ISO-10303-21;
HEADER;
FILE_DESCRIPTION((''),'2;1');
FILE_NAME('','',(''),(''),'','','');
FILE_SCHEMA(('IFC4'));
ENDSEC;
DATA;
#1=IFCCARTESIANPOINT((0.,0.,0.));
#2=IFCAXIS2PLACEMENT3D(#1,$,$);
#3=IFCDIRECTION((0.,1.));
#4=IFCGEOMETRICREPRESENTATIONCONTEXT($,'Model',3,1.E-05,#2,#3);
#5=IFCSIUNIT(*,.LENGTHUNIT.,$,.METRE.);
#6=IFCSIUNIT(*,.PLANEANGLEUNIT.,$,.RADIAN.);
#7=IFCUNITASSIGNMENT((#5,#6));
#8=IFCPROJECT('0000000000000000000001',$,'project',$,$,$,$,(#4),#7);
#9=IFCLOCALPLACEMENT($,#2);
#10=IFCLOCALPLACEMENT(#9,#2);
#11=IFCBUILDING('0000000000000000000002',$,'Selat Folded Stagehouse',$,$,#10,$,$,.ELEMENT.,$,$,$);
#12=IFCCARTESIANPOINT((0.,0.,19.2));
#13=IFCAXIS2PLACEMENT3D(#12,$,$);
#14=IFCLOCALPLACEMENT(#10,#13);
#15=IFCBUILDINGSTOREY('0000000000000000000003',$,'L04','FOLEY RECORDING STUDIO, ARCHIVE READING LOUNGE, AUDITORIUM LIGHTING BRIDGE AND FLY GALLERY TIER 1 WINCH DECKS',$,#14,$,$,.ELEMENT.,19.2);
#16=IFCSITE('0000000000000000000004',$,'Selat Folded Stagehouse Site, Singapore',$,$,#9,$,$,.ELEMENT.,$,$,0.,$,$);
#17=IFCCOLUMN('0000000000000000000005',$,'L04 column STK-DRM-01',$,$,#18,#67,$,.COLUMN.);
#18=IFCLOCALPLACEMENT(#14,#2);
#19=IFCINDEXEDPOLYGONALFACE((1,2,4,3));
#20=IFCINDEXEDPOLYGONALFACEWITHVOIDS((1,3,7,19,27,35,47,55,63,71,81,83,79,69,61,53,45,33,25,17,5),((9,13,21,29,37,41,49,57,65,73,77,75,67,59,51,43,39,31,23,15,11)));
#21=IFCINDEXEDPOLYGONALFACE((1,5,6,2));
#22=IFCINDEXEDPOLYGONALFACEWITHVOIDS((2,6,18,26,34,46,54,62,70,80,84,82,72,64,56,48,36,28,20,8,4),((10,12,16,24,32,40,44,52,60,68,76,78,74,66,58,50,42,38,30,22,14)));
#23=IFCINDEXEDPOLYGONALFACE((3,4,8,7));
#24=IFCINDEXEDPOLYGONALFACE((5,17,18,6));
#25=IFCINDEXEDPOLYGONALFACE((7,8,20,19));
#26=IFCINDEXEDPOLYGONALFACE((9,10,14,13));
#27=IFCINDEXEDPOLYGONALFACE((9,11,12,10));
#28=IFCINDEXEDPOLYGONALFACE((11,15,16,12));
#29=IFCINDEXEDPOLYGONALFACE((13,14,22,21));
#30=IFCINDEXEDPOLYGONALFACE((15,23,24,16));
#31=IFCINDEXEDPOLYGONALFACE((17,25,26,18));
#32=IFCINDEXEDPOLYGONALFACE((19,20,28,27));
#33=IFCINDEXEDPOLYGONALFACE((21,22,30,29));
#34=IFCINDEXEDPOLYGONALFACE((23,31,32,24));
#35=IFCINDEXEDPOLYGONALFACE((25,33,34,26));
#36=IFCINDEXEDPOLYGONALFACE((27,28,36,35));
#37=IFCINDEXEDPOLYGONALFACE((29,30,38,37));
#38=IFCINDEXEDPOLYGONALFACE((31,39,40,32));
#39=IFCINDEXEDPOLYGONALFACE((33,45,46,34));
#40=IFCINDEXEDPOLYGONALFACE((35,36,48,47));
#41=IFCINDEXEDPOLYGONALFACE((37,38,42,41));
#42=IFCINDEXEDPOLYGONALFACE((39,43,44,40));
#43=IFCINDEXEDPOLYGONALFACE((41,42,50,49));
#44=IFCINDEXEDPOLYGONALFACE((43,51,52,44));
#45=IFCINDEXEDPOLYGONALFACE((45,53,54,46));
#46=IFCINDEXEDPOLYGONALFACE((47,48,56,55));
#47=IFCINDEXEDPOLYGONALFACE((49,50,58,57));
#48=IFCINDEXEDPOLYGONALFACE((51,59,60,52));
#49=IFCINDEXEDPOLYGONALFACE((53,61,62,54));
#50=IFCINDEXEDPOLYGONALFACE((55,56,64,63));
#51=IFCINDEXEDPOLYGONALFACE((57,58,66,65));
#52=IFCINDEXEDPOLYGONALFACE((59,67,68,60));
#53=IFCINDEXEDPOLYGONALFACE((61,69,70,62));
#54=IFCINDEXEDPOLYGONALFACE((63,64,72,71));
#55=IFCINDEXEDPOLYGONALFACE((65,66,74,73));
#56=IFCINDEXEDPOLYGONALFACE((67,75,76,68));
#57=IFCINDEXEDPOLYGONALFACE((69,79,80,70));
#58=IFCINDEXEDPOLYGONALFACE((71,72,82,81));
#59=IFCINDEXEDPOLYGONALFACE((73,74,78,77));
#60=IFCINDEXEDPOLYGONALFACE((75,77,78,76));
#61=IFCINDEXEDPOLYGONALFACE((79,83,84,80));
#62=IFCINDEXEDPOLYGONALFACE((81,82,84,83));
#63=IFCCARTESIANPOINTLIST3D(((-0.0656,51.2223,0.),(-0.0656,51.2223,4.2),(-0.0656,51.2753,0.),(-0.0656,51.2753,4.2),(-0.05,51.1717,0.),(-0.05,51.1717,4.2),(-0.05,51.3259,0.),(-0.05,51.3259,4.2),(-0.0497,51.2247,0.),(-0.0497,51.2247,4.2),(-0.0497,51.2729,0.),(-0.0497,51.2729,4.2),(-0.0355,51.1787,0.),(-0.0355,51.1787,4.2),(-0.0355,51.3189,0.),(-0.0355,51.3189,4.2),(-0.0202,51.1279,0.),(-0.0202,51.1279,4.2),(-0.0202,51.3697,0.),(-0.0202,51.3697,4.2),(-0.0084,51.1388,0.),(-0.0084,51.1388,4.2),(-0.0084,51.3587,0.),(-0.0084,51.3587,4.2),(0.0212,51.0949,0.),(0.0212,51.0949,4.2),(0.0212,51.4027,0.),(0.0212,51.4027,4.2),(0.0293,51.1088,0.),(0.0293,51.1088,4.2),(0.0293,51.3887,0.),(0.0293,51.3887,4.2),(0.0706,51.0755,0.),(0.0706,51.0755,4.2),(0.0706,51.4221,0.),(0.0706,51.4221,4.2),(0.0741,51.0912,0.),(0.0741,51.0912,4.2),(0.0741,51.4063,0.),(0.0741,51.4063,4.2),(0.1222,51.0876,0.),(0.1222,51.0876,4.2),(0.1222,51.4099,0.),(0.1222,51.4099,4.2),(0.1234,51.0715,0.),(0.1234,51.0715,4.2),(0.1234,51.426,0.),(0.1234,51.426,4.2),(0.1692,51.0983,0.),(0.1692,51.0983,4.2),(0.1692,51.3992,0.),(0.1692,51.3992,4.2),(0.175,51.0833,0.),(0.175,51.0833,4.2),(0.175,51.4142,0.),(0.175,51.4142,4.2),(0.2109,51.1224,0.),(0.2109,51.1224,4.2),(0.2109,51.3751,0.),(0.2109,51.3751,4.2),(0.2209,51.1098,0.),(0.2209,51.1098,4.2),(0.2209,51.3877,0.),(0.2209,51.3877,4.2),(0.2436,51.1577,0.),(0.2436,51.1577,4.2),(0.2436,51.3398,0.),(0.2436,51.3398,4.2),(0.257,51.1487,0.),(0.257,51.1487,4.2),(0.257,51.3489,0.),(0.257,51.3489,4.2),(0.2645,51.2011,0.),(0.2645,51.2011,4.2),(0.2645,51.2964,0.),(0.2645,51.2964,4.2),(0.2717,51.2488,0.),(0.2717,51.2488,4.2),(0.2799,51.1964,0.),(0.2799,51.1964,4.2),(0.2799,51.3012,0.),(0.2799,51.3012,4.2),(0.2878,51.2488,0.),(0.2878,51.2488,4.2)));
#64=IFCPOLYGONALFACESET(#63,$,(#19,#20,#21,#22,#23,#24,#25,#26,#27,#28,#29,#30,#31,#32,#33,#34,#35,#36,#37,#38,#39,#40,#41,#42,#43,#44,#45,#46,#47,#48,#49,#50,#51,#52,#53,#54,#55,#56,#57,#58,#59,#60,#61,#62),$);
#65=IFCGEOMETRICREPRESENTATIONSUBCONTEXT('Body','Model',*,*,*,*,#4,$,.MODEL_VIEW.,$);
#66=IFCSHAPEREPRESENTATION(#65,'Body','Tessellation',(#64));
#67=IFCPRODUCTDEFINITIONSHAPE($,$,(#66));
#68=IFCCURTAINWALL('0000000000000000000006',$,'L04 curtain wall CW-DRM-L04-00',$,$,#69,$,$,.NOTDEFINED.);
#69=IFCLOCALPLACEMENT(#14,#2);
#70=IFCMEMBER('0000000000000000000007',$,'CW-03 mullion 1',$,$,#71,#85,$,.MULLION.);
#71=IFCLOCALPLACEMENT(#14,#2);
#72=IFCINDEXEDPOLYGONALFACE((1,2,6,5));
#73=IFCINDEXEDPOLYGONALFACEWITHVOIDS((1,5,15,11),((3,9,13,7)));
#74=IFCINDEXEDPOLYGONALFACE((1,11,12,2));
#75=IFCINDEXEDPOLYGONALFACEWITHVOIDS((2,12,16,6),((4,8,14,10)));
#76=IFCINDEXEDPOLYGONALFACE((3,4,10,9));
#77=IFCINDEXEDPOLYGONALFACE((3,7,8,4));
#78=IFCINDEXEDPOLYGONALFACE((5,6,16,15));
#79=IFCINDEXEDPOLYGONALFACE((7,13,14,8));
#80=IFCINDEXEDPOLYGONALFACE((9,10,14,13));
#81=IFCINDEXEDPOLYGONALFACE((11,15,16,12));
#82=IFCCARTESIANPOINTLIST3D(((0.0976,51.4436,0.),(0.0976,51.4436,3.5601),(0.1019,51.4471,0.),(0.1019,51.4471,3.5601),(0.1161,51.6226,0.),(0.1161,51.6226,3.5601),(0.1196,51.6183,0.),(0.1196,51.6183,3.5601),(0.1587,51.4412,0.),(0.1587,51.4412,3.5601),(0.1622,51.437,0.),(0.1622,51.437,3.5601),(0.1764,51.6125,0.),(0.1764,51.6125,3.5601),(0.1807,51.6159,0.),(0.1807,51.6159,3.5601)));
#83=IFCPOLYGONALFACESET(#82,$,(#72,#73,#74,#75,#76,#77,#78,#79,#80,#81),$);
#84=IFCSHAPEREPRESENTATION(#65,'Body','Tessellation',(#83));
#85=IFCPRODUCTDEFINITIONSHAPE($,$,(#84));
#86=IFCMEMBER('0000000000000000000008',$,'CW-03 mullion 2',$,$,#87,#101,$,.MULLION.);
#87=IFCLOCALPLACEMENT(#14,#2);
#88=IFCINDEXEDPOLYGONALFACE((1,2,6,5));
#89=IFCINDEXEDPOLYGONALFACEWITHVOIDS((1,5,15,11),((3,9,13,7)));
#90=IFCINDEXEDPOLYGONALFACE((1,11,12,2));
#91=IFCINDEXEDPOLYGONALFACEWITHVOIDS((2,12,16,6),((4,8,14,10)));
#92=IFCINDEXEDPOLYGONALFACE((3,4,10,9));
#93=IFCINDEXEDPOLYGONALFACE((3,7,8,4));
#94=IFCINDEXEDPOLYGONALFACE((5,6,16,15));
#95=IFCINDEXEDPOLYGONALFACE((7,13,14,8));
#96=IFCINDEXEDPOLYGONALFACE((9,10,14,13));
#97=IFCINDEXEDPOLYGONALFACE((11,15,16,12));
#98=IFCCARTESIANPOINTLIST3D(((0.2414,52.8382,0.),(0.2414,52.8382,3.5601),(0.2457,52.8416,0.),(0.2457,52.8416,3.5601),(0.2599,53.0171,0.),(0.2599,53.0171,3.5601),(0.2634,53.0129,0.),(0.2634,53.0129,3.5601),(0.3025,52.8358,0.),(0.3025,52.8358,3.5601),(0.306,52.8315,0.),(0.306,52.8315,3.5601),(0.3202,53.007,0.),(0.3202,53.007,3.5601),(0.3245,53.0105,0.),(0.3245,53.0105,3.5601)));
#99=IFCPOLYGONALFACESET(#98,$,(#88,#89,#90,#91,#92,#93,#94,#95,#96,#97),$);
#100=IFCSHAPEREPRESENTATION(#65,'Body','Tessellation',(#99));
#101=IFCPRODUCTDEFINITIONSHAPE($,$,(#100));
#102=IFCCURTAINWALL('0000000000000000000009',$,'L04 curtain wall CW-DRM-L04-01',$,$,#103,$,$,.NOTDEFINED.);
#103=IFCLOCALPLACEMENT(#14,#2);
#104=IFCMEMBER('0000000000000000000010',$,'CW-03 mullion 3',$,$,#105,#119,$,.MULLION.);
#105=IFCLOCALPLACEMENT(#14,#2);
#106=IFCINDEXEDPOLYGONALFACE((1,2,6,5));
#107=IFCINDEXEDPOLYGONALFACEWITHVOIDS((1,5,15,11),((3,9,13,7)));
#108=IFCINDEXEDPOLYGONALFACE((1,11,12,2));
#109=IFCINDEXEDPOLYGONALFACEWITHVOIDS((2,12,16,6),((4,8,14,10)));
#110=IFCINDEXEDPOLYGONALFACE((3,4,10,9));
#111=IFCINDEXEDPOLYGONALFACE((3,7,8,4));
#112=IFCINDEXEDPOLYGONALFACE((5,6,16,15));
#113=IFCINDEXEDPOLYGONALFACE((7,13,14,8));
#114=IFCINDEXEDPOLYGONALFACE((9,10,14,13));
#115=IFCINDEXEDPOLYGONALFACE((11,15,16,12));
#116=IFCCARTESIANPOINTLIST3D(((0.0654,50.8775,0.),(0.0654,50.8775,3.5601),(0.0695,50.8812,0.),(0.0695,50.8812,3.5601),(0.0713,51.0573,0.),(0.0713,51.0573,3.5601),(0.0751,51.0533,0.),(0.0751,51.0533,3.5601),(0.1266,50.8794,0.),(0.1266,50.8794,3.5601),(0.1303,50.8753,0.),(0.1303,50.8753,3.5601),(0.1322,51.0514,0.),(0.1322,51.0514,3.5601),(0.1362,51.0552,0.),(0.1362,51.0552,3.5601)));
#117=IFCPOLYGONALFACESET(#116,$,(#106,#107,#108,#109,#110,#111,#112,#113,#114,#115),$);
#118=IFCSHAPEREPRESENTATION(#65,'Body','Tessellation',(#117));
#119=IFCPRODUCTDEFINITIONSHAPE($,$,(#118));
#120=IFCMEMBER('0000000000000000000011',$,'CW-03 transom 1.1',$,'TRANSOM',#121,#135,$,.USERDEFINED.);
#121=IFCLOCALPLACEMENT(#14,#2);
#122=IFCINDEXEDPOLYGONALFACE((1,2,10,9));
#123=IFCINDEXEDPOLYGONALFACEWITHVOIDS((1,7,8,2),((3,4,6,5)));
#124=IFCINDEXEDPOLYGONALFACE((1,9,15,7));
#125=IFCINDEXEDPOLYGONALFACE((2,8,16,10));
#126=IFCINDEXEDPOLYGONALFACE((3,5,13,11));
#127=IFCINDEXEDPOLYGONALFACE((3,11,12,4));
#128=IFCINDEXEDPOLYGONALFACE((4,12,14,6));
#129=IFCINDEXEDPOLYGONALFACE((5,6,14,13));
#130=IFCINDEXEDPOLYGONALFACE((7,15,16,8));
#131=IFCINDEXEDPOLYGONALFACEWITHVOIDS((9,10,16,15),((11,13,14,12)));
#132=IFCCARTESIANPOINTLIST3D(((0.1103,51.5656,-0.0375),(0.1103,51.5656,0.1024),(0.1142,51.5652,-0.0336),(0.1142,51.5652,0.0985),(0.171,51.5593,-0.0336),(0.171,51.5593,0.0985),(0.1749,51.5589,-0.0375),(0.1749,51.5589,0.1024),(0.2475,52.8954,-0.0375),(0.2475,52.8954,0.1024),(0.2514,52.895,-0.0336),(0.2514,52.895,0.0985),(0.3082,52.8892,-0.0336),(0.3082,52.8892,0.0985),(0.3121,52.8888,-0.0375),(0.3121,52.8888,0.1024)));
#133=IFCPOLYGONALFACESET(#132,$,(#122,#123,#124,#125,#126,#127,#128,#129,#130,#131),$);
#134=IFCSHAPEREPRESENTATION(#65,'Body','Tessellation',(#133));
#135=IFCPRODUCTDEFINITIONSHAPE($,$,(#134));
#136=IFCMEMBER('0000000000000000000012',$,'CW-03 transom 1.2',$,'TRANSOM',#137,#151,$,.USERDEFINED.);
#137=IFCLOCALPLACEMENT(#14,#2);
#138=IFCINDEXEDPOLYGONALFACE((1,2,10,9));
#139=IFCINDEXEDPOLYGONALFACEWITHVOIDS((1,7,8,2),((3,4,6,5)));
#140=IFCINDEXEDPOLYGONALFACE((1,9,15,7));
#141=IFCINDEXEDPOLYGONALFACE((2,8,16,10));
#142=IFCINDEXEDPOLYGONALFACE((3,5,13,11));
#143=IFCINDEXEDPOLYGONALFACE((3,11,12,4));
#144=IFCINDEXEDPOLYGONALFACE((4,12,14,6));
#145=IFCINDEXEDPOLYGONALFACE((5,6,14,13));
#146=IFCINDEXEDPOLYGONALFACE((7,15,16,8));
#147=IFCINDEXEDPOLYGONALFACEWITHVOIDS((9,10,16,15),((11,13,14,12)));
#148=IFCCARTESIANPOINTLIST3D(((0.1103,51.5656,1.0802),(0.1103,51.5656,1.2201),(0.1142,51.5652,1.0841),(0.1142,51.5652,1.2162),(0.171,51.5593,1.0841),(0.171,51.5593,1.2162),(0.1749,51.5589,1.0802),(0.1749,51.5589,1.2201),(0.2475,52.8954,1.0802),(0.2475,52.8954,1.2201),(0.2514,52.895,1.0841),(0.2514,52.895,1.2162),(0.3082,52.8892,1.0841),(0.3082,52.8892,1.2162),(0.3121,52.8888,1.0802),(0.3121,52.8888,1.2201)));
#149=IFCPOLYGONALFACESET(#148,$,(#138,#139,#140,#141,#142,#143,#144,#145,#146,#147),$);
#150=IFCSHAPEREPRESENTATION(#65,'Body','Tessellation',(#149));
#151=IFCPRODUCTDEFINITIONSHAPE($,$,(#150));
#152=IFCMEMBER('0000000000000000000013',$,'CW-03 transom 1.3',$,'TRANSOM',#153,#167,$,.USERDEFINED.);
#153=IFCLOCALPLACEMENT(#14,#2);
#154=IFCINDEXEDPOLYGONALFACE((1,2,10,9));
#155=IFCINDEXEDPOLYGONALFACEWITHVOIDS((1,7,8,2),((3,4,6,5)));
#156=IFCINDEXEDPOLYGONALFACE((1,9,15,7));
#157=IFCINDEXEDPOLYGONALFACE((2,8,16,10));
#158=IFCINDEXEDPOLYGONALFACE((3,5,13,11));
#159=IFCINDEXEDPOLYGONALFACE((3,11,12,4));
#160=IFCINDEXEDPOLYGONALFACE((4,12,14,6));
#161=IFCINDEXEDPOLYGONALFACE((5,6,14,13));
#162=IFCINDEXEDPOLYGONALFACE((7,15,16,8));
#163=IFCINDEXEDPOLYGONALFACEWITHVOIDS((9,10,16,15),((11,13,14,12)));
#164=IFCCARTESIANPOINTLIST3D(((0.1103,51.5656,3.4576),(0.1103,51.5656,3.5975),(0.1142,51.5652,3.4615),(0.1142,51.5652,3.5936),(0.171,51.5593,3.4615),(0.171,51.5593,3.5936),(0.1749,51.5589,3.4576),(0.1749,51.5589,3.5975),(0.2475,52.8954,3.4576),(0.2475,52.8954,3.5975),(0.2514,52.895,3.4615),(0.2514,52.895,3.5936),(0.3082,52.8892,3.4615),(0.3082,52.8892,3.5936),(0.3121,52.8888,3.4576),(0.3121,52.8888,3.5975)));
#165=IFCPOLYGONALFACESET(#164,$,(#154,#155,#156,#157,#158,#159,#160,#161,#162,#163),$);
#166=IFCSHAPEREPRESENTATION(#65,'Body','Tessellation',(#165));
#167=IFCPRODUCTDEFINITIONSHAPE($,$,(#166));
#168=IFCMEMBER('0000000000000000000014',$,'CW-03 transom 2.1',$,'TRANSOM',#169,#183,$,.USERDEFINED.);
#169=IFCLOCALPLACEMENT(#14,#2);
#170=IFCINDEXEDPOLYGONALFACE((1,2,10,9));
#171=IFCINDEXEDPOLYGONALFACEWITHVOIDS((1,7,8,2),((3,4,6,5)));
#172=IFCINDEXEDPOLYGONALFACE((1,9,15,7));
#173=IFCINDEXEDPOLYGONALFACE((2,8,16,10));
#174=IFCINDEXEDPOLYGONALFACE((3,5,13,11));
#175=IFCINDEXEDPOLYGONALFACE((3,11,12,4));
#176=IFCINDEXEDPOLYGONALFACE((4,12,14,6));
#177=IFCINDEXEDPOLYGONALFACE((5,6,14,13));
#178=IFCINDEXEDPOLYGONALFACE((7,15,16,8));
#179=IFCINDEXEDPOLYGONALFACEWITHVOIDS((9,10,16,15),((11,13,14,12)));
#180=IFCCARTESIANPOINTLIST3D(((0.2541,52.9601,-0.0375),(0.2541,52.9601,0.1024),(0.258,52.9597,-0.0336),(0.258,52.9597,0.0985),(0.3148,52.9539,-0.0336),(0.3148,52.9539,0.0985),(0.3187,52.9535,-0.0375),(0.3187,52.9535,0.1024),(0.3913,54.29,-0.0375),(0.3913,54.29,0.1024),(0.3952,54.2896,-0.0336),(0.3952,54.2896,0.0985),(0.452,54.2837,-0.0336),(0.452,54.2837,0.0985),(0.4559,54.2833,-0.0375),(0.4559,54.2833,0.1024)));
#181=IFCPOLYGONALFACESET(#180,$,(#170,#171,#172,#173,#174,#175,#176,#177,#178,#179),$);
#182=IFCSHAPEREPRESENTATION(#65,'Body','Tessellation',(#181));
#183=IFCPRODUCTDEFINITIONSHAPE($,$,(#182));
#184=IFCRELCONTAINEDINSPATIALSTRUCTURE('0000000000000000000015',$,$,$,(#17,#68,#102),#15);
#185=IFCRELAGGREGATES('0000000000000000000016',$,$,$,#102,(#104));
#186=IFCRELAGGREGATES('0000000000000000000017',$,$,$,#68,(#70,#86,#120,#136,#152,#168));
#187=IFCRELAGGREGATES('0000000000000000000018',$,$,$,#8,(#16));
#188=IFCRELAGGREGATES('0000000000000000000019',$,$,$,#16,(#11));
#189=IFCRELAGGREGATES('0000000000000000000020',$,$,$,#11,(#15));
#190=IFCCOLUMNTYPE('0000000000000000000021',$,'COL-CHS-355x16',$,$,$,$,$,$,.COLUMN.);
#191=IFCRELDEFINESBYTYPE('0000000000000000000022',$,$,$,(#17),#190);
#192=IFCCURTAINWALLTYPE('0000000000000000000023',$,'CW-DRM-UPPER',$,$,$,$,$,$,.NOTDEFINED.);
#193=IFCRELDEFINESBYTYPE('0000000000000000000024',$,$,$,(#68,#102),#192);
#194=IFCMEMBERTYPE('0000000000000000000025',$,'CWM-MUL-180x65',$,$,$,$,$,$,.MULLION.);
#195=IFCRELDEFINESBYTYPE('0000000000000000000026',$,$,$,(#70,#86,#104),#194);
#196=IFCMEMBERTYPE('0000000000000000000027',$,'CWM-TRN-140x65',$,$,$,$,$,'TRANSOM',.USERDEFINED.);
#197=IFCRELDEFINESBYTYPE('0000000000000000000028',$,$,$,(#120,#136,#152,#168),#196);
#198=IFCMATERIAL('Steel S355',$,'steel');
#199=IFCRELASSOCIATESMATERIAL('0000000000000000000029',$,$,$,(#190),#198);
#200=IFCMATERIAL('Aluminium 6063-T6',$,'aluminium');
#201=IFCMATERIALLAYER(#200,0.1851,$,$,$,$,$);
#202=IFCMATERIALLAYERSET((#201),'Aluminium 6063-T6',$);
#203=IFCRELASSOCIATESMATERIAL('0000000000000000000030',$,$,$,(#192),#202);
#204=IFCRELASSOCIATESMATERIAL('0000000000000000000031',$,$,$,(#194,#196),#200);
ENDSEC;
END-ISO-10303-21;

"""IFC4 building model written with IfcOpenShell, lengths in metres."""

from ifc_helpers import new_model, si_unit, direction, frame, origin, origin_2d, place, context, subcontext, project, spatial, hollow_rectangle, hollow_circle, extrude, material, layer, layer_set, material_profile, profile_set, type_object, element, aggregate, save


model = new_model("IFC4")

# Units and contexts
model_context = context("Model", 3, precision=1e-05, world=origin(), true_north=direction((0.0, 1.0)))
body_context = subcontext(model_context, "Body", "Model", "MODEL_VIEW")
ifc_project = project(units=[si_unit("LENGTHUNIT", "METRE"), si_unit("PLANEANGLEUNIT", "RADIAN")], contexts=[model_context])

# Site, building, storey
site_placement = place(None, origin())
site = spatial("IfcSite", under=ifc_project, at=site_placement, Name="Selat Folded Stagehouse Site, Singapore", CompositionType="ELEMENT", RefElevation=0.0)
building_placement = place(site_placement, origin())
building = spatial("IfcBuilding", under=site, at=building_placement, Name="Selat Folded Stagehouse", CompositionType="ELEMENT")
storey_placement = place(building_placement, frame((0.0, 0.0, 19.2)))
storey = spatial("IfcBuildingStorey", under=building, at=storey_placement, Name="L04", Description="FOLEY RECORDING STUDIO, ARCHIVE READING LOUNGE, AUDITORIUM LIGHTING BRIDGE AND FLY GALLERY TIER 1 WINCH DECKS", CompositionType="ELEMENT", Elevation=19.2)

# Column
ifc_material_1 = material(Name="Steel S355", Category="steel")
ifc_material_profile_1 = material_profile(ifc_material_1, hollow_circle(Radius=0.1777, WallThickness=0.0161, at=origin_2d()), Name="CHS 355.6x16.0")
ifc_profile_set_1 = profile_set([ifc_material_profile_1], Name="Steel S355")
column_type = type_object("IfcColumnType", Name="COL-CHS-355x16", PredefinedType="COLUMN", material=ifc_profile_set_1)
column_placement = place(storey_placement, frame((0.1101, 51.2488, 0.0), z_axis=(0.0, 0.0, 1.0), x_axis=(1.0, 0.0, 0.0)))
element("IfcColumn", 1, at=column_placement, inside=storey, type_object=column_type, Name="L04 column STK-DRM-01", PredefinedType="COLUMN", context=body_context, shape_type="SweptSolid", body=[
    extrude(hollow_circle(Radius=0.1777, WallThickness=0.0161, at=origin_2d()), origin(), (0.0, 0.0, 1.0), 4.2),
])

# Curtain wall, members
ifc_material_2 = material(Name="Aluminium 6063-T6", Category="aluminium")
ifc_layer_1 = layer(ifc_material_2, 0.1851)
ifc_layer_set_1 = layer_set([ifc_layer_1], Name="Aluminium 6063-T6")
curtain_wall_type = type_object("IfcCurtainWallType", Name="CW-DRM-UPPER", PredefinedType="NOTDEFINED", material=ifc_layer_set_1)
curtain_wall_1_placement = place(storey_placement, origin())
curtain_wall_1 = element("IfcCurtainWall", 2, at=curtain_wall_1_placement, inside=storey, type_object=curtain_wall_type, Name="L04 curtain wall CW-DRM-L04-00", PredefinedType="NOTDEFINED")
ifc_material_profile_2 = material_profile(ifc_material_2, hollow_rectangle(XDim=0.0649, YDim=0.1799, WallThickness=0.0039, at=origin_2d()), Name="ALU 180x65x4.0")
ifc_profile_set_2 = profile_set([ifc_material_profile_2], Name="Aluminium 6063-T6")
member_type_1 = type_object("IfcMemberType", Name="CWM-MUL-180x65", PredefinedType="MULLION", material=ifc_profile_set_2)
member_1_placement = place(storey_placement, frame((0.1392, 51.5298, 0.0), z_axis=(0.0, 0.0, 1.0), x_axis=(-0.994721, 0.102616, 0.0)))
member_1 = element("IfcMember", 3, at=member_1_placement, type_object=member_type_1, Name="CW-03 mullion 1", PredefinedType="MULLION", context=body_context, shape_type="SweptSolid", body=[
    extrude(hollow_rectangle(XDim=0.0649, YDim=0.1799, WallThickness=0.0039, at=origin_2d()), origin(), (0.0, 0.0, 1.0), 3.5601),
])
member_2_placement = place(storey_placement, frame((0.283, 52.9243, 0.0), z_axis=(0.0, 0.0, 1.0), x_axis=(-0.994721, 0.102616, 0.0)))
member_2 = element("IfcMember", 4, at=member_2_placement, type_object=member_type_1, Name="CW-03 mullion 2", PredefinedType="MULLION", context=body_context, shape_type="SweptSolid", body=[
    extrude(hollow_rectangle(XDim=0.0649, YDim=0.1799, WallThickness=0.0039, at=origin_2d()), origin(), (0.0, 0.0, 1.0), 3.5601),
])

# Curtain wall, member
curtain_wall_2_placement = place(storey_placement, origin())
curtain_wall_2 = element("IfcCurtainWall", 5, at=curtain_wall_2_placement, inside=storey, type_object=curtain_wall_type, Name="L04 curtain wall CW-DRM-L04-01", PredefinedType="NOTDEFINED")
member_3_placement = place(storey_placement, frame((0.1008, 50.9663, 0.0), z_axis=(0.0, 0.0, 1.0), x_axis=(-0.999468, 0.032625, 0.0)))
member_3 = element("IfcMember", 6, at=member_3_placement, type_object=member_type_1, Name="CW-03 mullion 3", PredefinedType="MULLION", context=body_context, shape_type="SweptSolid", body=[
    extrude(hollow_rectangle(XDim=0.0649, YDim=0.1799, WallThickness=0.0039, at=origin_2d()), origin(), (0.0, 0.0, 1.0), 3.5601),
])
aggregate(curtain_wall_2, [member_3])

# Members
ifc_material_profile_3 = material_profile(ifc_material_2, hollow_rectangle(XDim=0.0649, YDim=0.1399, WallThickness=0.0039, at=origin_2d()), Name="ALU 140x65x4.0")
ifc_profile_set_3 = profile_set([ifc_material_profile_3], Name="Aluminium 6063-T6")
member_type_2 = type_object("IfcMemberType", Name="CWM-TRN-140x65", ElementType="TRANSOM", PredefinedType="USERDEFINED", material=ifc_profile_set_3)
member_4_placement = place(storey_placement, frame((0.1426, 51.5623, 0.0325), z_axis=(0.102631, 0.994719, 0.0), x_axis=(-0.994719, 0.102631, 0.0)))
member_4 = element("IfcMember", 7, at=member_4_placement, type_object=member_type_2, Name="CW-03 transom 1.1", ObjectType="TRANSOM", PredefinedType="USERDEFINED", context=body_context, shape_type="SweptSolid", body=[
    extrude(hollow_rectangle(XDim=0.0649, YDim=0.1399, WallThickness=0.0039, at=origin_2d()), origin(), (0.0, 0.0, 1.0), 1.3369),
])
member_5_placement = place(storey_placement, frame((0.1426, 51.5623, 1.1501), z_axis=(0.102631, 0.994719, 0.0), x_axis=(-0.994719, 0.102631, 0.0)))
member_5 = element("IfcMember", 8, at=member_5_placement, type_object=member_type_2, Name="CW-03 transom 1.2", ObjectType="TRANSOM", PredefinedType="USERDEFINED", context=body_context, shape_type="SweptSolid", body=[
    extrude(hollow_rectangle(XDim=0.0649, YDim=0.1399, WallThickness=0.0039, at=origin_2d()), origin(), (0.0, 0.0, 1.0), 1.3369),
])
member_6_placement = place(storey_placement, frame((0.1426, 51.5623, 3.5276), z_axis=(0.102631, 0.994719, 0.0), x_axis=(-0.994719, 0.102631, 0.0)))
member_6 = element("IfcMember", 9, at=member_6_placement, type_object=member_type_2, Name="CW-03 transom 1.3", ObjectType="TRANSOM", PredefinedType="USERDEFINED", context=body_context, shape_type="SweptSolid", body=[
    extrude(hollow_rectangle(XDim=0.0649, YDim=0.1399, WallThickness=0.0039, at=origin_2d()), origin(), (0.0, 0.0, 1.0), 1.3369),
])
member_7_placement = place(storey_placement, frame((0.2864, 52.9568, 0.0325), z_axis=(0.102631, 0.994719, 0.0), x_axis=(-0.994719, 0.102631, 0.0)))
member_7 = element("IfcMember", 10, at=member_7_placement, type_object=member_type_2, Name="CW-03 transom 2.1", ObjectType="TRANSOM", PredefinedType="USERDEFINED", context=body_context, shape_type="SweptSolid", body=[
    extrude(hollow_rectangle(XDim=0.0649, YDim=0.1399, WallThickness=0.0039, at=origin_2d()), origin(), (0.0, 0.0, 1.0), 1.3369),
])

aggregate(curtain_wall_1, [member_1, member_2, member_4, member_5, member_6, member_7])

save(model, "model.ifc")
